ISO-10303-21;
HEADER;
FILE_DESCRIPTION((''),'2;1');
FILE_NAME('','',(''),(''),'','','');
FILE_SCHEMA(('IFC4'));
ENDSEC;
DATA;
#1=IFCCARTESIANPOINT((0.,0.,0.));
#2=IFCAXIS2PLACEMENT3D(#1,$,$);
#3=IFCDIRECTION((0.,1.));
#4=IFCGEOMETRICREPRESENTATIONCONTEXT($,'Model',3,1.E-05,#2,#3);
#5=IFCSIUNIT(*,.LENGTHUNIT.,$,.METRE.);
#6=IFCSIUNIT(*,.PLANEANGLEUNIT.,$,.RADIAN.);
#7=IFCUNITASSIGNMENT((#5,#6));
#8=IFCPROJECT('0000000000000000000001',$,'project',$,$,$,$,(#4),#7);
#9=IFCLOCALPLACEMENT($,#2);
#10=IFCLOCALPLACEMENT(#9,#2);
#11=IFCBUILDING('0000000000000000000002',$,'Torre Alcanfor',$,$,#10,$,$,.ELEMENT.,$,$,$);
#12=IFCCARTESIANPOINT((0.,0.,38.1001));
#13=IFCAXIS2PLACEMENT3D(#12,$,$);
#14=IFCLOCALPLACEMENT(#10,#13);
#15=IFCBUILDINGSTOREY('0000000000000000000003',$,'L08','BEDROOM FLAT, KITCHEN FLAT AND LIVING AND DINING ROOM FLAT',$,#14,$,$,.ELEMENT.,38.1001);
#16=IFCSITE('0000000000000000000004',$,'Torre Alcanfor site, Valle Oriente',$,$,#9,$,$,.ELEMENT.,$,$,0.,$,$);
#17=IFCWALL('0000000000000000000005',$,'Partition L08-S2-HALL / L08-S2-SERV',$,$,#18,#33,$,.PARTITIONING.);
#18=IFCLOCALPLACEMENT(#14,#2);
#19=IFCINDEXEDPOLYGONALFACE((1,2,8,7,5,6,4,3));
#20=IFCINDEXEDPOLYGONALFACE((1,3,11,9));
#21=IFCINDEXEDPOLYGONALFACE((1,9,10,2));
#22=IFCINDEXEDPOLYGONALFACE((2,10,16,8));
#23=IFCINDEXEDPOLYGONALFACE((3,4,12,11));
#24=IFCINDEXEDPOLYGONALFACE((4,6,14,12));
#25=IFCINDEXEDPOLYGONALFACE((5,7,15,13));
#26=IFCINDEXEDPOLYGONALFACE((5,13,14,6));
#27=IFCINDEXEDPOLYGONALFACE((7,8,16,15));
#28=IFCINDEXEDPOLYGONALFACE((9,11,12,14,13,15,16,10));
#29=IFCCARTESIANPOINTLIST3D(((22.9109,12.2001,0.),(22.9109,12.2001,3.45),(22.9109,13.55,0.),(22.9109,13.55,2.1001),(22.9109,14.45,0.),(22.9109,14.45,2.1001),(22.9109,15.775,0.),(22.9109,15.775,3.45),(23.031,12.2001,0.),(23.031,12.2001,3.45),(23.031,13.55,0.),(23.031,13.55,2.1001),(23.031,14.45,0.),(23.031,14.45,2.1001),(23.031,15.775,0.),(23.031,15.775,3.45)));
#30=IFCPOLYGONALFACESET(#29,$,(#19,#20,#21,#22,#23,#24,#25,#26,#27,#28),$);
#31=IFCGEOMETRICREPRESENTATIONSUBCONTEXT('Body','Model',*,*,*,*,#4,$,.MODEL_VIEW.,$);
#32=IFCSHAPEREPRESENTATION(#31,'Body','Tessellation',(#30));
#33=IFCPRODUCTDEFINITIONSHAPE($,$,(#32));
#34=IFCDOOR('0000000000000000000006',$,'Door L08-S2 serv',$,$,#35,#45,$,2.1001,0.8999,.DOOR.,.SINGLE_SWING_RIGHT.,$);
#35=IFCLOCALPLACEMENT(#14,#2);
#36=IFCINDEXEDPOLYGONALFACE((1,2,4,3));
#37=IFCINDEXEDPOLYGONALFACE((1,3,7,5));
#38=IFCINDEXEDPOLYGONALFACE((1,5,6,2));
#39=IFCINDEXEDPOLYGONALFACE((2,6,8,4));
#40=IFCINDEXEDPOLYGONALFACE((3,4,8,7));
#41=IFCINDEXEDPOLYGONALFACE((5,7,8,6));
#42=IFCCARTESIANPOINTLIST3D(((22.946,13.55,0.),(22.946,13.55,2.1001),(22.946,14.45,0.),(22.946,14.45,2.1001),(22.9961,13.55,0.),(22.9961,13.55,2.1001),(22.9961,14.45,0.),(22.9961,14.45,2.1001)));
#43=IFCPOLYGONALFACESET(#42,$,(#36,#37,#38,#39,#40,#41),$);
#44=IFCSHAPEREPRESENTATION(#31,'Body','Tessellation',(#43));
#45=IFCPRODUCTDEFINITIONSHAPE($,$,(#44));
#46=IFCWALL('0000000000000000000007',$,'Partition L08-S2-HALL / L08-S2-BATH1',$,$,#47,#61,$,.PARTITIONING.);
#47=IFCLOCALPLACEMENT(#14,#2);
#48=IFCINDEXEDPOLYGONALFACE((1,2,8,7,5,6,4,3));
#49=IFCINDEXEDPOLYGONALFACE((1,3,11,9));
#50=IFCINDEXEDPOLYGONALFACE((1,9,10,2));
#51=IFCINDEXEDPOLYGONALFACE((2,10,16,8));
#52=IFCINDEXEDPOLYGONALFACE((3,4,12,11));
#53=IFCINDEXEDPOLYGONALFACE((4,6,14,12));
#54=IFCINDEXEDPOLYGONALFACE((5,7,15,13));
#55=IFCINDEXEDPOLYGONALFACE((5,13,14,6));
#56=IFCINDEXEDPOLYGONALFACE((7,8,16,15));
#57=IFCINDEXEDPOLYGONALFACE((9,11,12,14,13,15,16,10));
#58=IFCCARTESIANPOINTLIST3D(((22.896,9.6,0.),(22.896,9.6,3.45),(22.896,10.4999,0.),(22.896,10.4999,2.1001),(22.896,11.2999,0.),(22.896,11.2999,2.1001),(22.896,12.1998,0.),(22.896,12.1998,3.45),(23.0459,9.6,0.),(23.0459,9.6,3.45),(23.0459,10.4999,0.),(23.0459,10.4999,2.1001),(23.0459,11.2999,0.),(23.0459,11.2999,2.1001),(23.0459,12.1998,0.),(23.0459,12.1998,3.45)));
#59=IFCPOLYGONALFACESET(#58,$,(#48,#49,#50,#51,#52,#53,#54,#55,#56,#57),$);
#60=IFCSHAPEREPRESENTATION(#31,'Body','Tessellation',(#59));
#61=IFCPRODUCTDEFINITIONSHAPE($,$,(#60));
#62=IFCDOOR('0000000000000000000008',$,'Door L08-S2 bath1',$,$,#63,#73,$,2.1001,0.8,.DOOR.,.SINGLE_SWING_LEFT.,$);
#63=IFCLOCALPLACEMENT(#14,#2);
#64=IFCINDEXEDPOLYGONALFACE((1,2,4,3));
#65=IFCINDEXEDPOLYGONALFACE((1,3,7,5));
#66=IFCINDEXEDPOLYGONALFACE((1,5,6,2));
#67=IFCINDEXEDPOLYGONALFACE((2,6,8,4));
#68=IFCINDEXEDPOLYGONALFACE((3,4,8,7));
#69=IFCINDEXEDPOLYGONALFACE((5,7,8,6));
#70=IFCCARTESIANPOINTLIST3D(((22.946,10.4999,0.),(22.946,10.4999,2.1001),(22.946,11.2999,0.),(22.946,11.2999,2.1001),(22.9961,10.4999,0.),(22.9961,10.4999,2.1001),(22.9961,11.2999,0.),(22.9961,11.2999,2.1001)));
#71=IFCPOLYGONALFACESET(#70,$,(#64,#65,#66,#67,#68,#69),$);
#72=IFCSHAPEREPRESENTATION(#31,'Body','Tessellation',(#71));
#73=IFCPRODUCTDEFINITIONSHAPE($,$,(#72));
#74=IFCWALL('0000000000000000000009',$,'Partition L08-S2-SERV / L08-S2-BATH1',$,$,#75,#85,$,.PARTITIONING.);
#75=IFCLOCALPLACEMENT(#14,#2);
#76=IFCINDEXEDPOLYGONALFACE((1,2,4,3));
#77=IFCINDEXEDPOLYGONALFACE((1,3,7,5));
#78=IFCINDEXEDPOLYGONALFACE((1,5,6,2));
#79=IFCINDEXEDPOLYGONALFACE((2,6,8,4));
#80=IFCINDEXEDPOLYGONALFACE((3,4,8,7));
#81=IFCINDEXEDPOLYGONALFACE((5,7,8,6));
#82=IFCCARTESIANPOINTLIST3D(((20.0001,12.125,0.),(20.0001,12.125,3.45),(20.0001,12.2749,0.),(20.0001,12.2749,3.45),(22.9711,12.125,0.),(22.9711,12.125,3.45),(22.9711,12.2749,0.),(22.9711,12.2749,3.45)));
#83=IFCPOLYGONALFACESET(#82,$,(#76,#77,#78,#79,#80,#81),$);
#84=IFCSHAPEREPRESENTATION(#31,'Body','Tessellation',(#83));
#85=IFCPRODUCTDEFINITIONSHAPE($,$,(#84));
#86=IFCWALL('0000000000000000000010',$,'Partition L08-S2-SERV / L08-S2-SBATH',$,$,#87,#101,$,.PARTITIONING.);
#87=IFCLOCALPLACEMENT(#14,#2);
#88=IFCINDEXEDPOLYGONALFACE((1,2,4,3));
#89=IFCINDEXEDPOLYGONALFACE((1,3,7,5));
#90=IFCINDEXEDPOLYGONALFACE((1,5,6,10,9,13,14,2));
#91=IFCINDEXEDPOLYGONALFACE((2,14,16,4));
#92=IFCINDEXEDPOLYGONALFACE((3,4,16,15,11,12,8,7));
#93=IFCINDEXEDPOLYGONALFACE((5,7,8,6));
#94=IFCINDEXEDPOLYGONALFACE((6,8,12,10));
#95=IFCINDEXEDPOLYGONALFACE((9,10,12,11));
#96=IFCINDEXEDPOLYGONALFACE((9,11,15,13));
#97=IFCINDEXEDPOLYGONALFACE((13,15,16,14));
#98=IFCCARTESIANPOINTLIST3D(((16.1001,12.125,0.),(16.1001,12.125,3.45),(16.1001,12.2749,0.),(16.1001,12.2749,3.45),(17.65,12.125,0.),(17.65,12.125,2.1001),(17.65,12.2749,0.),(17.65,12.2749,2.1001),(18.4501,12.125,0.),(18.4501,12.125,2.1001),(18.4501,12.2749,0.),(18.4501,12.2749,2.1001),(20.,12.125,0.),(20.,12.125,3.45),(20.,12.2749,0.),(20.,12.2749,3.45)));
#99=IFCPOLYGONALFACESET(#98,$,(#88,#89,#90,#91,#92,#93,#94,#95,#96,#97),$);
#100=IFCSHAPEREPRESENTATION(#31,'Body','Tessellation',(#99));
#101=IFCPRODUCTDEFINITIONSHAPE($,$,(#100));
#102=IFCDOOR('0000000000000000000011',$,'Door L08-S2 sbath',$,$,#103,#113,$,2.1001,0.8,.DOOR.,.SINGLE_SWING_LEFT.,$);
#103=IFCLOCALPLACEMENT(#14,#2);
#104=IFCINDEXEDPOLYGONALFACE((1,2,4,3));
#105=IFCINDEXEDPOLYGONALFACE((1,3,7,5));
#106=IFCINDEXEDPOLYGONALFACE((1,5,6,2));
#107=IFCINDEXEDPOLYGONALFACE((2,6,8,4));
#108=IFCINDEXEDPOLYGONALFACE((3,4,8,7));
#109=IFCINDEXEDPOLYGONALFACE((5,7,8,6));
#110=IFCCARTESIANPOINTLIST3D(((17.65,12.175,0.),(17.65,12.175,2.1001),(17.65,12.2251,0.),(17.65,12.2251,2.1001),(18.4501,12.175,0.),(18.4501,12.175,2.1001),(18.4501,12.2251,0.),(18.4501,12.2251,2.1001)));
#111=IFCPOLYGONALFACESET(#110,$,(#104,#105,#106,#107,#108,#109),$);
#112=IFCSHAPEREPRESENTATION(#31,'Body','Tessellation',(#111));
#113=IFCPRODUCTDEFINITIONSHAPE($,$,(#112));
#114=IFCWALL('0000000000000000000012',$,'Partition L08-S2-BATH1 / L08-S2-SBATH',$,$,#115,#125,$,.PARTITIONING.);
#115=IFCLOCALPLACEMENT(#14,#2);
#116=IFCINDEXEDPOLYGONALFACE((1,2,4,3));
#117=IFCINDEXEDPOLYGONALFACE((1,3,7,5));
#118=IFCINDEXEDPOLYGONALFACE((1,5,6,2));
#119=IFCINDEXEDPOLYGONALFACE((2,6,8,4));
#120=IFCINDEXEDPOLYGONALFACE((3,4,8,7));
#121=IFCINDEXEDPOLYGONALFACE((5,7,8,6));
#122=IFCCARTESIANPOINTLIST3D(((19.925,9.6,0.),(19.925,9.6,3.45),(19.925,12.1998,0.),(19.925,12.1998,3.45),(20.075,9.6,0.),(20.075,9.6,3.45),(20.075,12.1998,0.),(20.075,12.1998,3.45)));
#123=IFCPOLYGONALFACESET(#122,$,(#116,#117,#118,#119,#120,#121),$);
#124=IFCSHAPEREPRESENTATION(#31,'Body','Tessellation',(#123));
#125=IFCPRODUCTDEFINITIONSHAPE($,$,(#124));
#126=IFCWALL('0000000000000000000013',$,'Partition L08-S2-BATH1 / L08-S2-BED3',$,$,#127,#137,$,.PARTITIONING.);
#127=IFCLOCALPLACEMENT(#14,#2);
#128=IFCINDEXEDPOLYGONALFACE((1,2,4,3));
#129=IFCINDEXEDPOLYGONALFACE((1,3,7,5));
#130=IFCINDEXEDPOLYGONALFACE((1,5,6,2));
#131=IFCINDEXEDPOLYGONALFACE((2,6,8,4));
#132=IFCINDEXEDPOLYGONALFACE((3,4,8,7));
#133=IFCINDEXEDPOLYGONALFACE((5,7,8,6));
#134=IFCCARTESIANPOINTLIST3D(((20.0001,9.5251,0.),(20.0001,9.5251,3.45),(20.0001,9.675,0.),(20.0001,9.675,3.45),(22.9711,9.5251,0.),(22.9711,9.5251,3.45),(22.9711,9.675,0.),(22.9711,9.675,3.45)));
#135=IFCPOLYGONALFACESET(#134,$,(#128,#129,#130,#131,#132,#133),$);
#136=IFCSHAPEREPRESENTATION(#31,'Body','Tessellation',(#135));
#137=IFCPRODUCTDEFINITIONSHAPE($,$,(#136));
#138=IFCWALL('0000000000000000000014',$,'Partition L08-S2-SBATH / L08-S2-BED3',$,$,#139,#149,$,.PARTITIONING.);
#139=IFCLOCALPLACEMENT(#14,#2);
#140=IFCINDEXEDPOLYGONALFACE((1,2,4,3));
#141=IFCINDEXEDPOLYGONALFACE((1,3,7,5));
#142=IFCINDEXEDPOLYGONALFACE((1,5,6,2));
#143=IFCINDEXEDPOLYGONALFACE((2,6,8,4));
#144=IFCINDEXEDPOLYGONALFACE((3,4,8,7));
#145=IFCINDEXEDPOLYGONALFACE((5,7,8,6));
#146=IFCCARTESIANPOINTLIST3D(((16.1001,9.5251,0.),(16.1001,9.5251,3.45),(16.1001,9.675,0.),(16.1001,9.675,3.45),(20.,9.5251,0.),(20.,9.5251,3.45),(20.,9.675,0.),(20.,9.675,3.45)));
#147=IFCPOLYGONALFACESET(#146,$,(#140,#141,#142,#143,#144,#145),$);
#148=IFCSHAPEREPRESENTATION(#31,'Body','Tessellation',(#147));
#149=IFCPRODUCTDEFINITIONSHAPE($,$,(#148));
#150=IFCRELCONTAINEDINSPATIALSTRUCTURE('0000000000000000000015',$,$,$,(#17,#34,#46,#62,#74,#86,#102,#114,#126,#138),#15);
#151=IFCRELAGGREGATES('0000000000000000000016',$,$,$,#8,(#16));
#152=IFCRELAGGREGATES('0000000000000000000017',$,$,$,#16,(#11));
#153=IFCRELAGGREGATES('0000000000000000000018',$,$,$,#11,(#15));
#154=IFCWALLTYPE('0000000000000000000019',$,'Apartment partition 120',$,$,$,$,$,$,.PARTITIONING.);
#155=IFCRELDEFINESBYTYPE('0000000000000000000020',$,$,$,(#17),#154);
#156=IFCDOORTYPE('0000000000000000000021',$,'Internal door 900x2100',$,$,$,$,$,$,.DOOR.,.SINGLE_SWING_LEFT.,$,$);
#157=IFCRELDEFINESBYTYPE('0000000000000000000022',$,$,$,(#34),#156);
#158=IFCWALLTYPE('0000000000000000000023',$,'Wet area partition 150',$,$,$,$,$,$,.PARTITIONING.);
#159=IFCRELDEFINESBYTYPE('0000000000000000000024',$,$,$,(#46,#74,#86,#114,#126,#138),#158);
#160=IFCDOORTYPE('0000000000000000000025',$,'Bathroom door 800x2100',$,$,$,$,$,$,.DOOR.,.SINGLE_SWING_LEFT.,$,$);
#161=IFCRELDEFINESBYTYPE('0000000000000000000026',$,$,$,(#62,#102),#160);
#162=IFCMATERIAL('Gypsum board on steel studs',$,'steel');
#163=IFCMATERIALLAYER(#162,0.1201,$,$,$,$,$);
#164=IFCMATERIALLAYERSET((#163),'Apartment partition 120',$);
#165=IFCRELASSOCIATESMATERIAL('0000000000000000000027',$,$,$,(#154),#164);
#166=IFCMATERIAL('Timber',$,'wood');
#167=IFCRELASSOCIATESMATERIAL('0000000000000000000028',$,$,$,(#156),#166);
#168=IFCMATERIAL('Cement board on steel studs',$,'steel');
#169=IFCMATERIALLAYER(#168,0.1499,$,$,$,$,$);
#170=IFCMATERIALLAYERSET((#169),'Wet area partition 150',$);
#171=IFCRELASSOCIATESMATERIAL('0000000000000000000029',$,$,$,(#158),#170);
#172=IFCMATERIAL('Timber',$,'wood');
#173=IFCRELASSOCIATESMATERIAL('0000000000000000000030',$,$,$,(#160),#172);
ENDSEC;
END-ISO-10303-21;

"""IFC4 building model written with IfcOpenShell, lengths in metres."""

from ifc_helpers import new_model, si_unit, direction, frame, frame_2d, origin, place, context, subcontext, project, spatial, rectangle, extrude, material, layer, layer_set, type_object, element, fill, save


model = new_model("IFC4")

# Units and contexts
model_context = context("Model", 3, precision=1e-05, world=origin(), true_north=direction((0.0, 1.0)))
body_context = subcontext(model_context, "Body", "Model", "MODEL_VIEW")
ifc_project = project(units=[si_unit("LENGTHUNIT", "METRE"), si_unit("PLANEANGLEUNIT", "RADIAN")], contexts=[model_context])

# Site, building, storey
site_placement = place(None, origin())
site = spatial("IfcSite", under=ifc_project, at=site_placement, Name="Torre Alcanfor site, Valle Oriente", CompositionType="ELEMENT", RefElevation=0.0)
building_placement = place(site_placement, origin())
building = spatial("IfcBuilding", under=site, at=building_placement, Name="Torre Alcanfor", CompositionType="ELEMENT")
storey_placement = place(building_placement, frame((0.0, 0.0, 38.1001)))
storey = spatial("IfcBuildingStorey", under=building, at=storey_placement, Name="L08", Description="BEDROOM FLAT, KITCHEN FLAT AND LIVING AND DINING ROOM FLAT", CompositionType="ELEMENT", Elevation=38.1001)

# Walls, openings, doors
ifc_material_1 = material(Name="Gypsum board on steel studs", Category="steel")
ifc_layer_1 = layer(ifc_material_1, 0.1201)
ifc_layer_set_1 = layer_set([ifc_layer_1], Name="Apartment partition 120")
wall_type_1 = type_object("IfcWallType", Name="Apartment partition 120", PredefinedType="PARTITIONING", material=ifc_layer_set_1)
ifc_material_2 = material(Name="Timber", Category="wood")
door_type_1 = type_object("IfcDoorType", Name="Internal door 900x2100", OperationType="SINGLE_SWING_LEFT", PredefinedType="DOOR", material=ifc_material_2)
wall_1_placement = place(storey_placement, frame((22.9709, 12.2, 0.0), z_axis=(0.0, 0.0, 1.0), x_axis=(0.0, 1.0, 0.0)))
wall_1 = element("IfcWall", 1, at=wall_1_placement, inside=storey, type_object=wall_type_1, Name="Partition L08-S2-HALL / L08-S2-SERV", PredefinedType="PARTITIONING", context=body_context, shape_type="SweptSolid", body=[
    extrude(rectangle(XDim=3.575, YDim=0.1201, at=frame_2d((1.7876, 0.0))), origin(), (0.0, 0.0, 1.0), 3.45),
])
opening_1_placement = place(wall_1_placement, frame((1.3501, 0.0, 0.0)))
opening_1 = element("IfcOpeningElement", 2, at=opening_1_placement, cuts=wall_1, PredefinedType="OPENING", context=body_context, shape_type="SweptSolid", body=[
    extrude(rectangle(XDim=0.8999, YDim=2.1001, at=frame_2d((0.45, 1.05))), frame((0.0, 0.0701, 0.0), z_axis=(0.0, -1.0, 0.0), x_axis=(1.0, 0.0, 0.0)), (0.0, 0.0, 1.0), 0.1401),
])
door_1_placement = place(opening_1_placement, origin())
door_1 = element("IfcDoor", 3, at=door_1_placement, inside=storey, type_object=door_type_1, Name="Door L08-S2 serv", OperationType="SINGLE_SWING_RIGHT", OverallHeight=2.1001, OverallWidth=0.8999, PredefinedType="DOOR", context=body_context, shape_type="SweptSolid", body=[
    extrude(rectangle(XDim=0.8999, YDim=2.1001, at=frame_2d((0.45, 1.05))), frame((0.0, 0.0249, 0.0), z_axis=(0.0, -1.0, 0.0), x_axis=(1.0, 0.0, 0.0)), (0.0, 0.0, 1.0), 0.05),
])
fill(opening_1, door_1)
ifc_material_3 = material(Name="Cement board on steel studs", Category="steel")
ifc_layer_2 = layer(ifc_material_3, 0.1499)
ifc_layer_set_2 = layer_set([ifc_layer_2], Name="Wet area partition 150")
wall_type_2 = type_object("IfcWallType", Name="Wet area partition 150", PredefinedType="PARTITIONING", material=ifc_layer_set_2)
wall_2_placement = place(storey_placement, frame((22.9709, 9.6001, 0.0), z_axis=(0.0, 0.0, 1.0), x_axis=(0.0, 1.0, 0.0)))
wall_2 = element("IfcWall", 4, at=wall_2_placement, inside=storey, type_object=wall_type_2, Name="Partition L08-S2-HALL / L08-S2-BATH1", PredefinedType="PARTITIONING", context=body_context, shape_type="SweptSolid", body=[
    extrude(rectangle(XDim=2.5999, YDim=0.1499, at=frame_2d((1.2998, 0.0))), origin(), (0.0, 0.0, 1.0), 3.45),
])
opening_2_placement = place(wall_2_placement, frame((0.8999, 0.0, 0.0)))
opening_2 = element("IfcOpeningElement", 5, at=opening_2_placement, cuts=wall_2, PredefinedType="OPENING", context=body_context, shape_type="SweptSolid", body=[
    extrude(rectangle(XDim=0.8, YDim=2.1001, at=frame_2d((0.3999, 1.05))), frame((0.0, 0.085, 0.0), z_axis=(0.0, -1.0, 0.0), x_axis=(1.0, 0.0, 0.0)), (0.0, 0.0, 1.0), 0.1699),
])
ifc_material_4 = material(Name="Timber", Category="wood")
door_type_2 = type_object("IfcDoorType", Name="Bathroom door 800x2100", OperationType="SINGLE_SWING_LEFT", PredefinedType="DOOR", material=ifc_material_4)
door_2_placement = place(opening_2_placement, origin())
door_2 = element("IfcDoor", 6, at=door_2_placement, inside=storey, type_object=door_type_2, Name="Door L08-S2 bath1", OperationType="SINGLE_SWING_LEFT", OverallHeight=2.1001, OverallWidth=0.8, PredefinedType="DOOR", context=body_context, shape_type="SweptSolid", body=[
    extrude(rectangle(XDim=0.8, YDim=2.1001, at=frame_2d((0.3999, 1.05))), frame((0.0, 0.0249, 0.0), z_axis=(0.0, -1.0, 0.0), x_axis=(1.0, 0.0, 0.0)), (0.0, 0.0, 1.0), 0.05),
])
fill(opening_2, door_2)

# Wall
wall_3_placement = place(storey_placement, frame((22.9709, 12.2, 0.0), z_axis=(0.0, 0.0, 1.0), x_axis=(-1.0, 0.0, 0.0)))
element("IfcWall", 7, at=wall_3_placement, inside=storey, type_object=wall_type_2, Name="Partition L08-S2-SERV / L08-S2-BATH1", PredefinedType="PARTITIONING", context=body_context, shape_type="SweptSolid", body=[
    extrude(rectangle(XDim=2.9709, YDim=0.1499, at=frame_2d((1.4854, 0.0))), origin(), (0.0, 0.0, 1.0), 3.45),
])

# Wall, opening, door
wall_4_placement = place(storey_placement, frame((20.0, 12.2, 0.0), z_axis=(0.0, 0.0, 1.0), x_axis=(-1.0, 0.0, 0.0)))
wall_4 = element("IfcWall", 8, at=wall_4_placement, inside=storey, type_object=wall_type_2, Name="Partition L08-S2-SERV / L08-S2-SBATH", PredefinedType="PARTITIONING", context=body_context, shape_type="SweptSolid", body=[
    extrude(rectangle(XDim=3.8999, YDim=0.1499, at=frame_2d((1.95, 0.0))), origin(), (0.0, 0.0, 1.0), 3.45),
])
opening_3_placement = place(wall_4_placement, frame((1.55, 0.0, 0.0)))
opening_3 = element("IfcOpeningElement", 9, at=opening_3_placement, cuts=wall_4, PredefinedType="OPENING", context=body_context, shape_type="SweptSolid", body=[
    extrude(rectangle(XDim=0.8, YDim=2.1001, at=frame_2d((0.3999, 1.05))), frame((0.0, 0.085, 0.0), z_axis=(0.0, -1.0, 0.0), x_axis=(1.0, 0.0, 0.0)), (0.0, 0.0, 1.0), 0.1699),
])
door_3_placement = place(opening_3_placement, origin())
door_3 = element("IfcDoor", 10, at=door_3_placement, inside=storey, type_object=door_type_2, Name="Door L08-S2 sbath", OperationType="SINGLE_SWING_LEFT", OverallHeight=2.1001, OverallWidth=0.8, PredefinedType="DOOR", context=body_context, shape_type="SweptSolid", body=[
    extrude(rectangle(XDim=0.8, YDim=2.1001, at=frame_2d((0.3999, 1.05))), frame((0.0, 0.0249, 0.0), z_axis=(0.0, -1.0, 0.0), x_axis=(1.0, 0.0, 0.0)), (0.0, 0.0, 1.0), 0.05),
])
fill(opening_3, door_3)

# Walls
wall_5_placement = place(storey_placement, frame((20.0, 9.6001, 0.0), z_axis=(0.0, 0.0, 1.0), x_axis=(0.0, 1.0, 0.0)))
element("IfcWall", 11, at=wall_5_placement, inside=storey, type_object=wall_type_2, Name="Partition L08-S2-BATH1 / L08-S2-SBATH", PredefinedType="PARTITIONING", context=body_context, shape_type="SweptSolid", body=[
    extrude(rectangle(XDim=2.5999, YDim=0.1499, at=frame_2d((1.2998, 0.0))), origin(), (0.0, 0.0, 1.0), 3.45),
])
wall_6_placement = place(storey_placement, frame((22.9709, 9.6001, 0.0), z_axis=(0.0, 0.0, 1.0), x_axis=(-1.0, 0.0, 0.0)))
element("IfcWall", 12, at=wall_6_placement, inside=storey, type_object=wall_type_2, Name="Partition L08-S2-BATH1 / L08-S2-BED3", PredefinedType="PARTITIONING", context=body_context, shape_type="SweptSolid", body=[
    extrude(rectangle(XDim=2.9709, YDim=0.1499, at=frame_2d((1.4854, 0.0))), origin(), (0.0, 0.0, 1.0), 3.45),
])
wall_7_placement = place(storey_placement, frame((20.0, 9.6001, 0.0), z_axis=(0.0, 0.0, 1.0), x_axis=(-1.0, 0.0, 0.0)))
element("IfcWall", 13, at=wall_7_placement, inside=storey, type_object=wall_type_2, Name="Partition L08-S2-SBATH / L08-S2-BED3", PredefinedType="PARTITIONING", context=body_context, shape_type="SweptSolid", body=[
    extrude(rectangle(XDim=3.8999, YDim=0.1499, at=frame_2d((1.95, 0.0))), origin(), (0.0, 0.0, 1.0), 3.45),
])

save(model, "model.ifc")
